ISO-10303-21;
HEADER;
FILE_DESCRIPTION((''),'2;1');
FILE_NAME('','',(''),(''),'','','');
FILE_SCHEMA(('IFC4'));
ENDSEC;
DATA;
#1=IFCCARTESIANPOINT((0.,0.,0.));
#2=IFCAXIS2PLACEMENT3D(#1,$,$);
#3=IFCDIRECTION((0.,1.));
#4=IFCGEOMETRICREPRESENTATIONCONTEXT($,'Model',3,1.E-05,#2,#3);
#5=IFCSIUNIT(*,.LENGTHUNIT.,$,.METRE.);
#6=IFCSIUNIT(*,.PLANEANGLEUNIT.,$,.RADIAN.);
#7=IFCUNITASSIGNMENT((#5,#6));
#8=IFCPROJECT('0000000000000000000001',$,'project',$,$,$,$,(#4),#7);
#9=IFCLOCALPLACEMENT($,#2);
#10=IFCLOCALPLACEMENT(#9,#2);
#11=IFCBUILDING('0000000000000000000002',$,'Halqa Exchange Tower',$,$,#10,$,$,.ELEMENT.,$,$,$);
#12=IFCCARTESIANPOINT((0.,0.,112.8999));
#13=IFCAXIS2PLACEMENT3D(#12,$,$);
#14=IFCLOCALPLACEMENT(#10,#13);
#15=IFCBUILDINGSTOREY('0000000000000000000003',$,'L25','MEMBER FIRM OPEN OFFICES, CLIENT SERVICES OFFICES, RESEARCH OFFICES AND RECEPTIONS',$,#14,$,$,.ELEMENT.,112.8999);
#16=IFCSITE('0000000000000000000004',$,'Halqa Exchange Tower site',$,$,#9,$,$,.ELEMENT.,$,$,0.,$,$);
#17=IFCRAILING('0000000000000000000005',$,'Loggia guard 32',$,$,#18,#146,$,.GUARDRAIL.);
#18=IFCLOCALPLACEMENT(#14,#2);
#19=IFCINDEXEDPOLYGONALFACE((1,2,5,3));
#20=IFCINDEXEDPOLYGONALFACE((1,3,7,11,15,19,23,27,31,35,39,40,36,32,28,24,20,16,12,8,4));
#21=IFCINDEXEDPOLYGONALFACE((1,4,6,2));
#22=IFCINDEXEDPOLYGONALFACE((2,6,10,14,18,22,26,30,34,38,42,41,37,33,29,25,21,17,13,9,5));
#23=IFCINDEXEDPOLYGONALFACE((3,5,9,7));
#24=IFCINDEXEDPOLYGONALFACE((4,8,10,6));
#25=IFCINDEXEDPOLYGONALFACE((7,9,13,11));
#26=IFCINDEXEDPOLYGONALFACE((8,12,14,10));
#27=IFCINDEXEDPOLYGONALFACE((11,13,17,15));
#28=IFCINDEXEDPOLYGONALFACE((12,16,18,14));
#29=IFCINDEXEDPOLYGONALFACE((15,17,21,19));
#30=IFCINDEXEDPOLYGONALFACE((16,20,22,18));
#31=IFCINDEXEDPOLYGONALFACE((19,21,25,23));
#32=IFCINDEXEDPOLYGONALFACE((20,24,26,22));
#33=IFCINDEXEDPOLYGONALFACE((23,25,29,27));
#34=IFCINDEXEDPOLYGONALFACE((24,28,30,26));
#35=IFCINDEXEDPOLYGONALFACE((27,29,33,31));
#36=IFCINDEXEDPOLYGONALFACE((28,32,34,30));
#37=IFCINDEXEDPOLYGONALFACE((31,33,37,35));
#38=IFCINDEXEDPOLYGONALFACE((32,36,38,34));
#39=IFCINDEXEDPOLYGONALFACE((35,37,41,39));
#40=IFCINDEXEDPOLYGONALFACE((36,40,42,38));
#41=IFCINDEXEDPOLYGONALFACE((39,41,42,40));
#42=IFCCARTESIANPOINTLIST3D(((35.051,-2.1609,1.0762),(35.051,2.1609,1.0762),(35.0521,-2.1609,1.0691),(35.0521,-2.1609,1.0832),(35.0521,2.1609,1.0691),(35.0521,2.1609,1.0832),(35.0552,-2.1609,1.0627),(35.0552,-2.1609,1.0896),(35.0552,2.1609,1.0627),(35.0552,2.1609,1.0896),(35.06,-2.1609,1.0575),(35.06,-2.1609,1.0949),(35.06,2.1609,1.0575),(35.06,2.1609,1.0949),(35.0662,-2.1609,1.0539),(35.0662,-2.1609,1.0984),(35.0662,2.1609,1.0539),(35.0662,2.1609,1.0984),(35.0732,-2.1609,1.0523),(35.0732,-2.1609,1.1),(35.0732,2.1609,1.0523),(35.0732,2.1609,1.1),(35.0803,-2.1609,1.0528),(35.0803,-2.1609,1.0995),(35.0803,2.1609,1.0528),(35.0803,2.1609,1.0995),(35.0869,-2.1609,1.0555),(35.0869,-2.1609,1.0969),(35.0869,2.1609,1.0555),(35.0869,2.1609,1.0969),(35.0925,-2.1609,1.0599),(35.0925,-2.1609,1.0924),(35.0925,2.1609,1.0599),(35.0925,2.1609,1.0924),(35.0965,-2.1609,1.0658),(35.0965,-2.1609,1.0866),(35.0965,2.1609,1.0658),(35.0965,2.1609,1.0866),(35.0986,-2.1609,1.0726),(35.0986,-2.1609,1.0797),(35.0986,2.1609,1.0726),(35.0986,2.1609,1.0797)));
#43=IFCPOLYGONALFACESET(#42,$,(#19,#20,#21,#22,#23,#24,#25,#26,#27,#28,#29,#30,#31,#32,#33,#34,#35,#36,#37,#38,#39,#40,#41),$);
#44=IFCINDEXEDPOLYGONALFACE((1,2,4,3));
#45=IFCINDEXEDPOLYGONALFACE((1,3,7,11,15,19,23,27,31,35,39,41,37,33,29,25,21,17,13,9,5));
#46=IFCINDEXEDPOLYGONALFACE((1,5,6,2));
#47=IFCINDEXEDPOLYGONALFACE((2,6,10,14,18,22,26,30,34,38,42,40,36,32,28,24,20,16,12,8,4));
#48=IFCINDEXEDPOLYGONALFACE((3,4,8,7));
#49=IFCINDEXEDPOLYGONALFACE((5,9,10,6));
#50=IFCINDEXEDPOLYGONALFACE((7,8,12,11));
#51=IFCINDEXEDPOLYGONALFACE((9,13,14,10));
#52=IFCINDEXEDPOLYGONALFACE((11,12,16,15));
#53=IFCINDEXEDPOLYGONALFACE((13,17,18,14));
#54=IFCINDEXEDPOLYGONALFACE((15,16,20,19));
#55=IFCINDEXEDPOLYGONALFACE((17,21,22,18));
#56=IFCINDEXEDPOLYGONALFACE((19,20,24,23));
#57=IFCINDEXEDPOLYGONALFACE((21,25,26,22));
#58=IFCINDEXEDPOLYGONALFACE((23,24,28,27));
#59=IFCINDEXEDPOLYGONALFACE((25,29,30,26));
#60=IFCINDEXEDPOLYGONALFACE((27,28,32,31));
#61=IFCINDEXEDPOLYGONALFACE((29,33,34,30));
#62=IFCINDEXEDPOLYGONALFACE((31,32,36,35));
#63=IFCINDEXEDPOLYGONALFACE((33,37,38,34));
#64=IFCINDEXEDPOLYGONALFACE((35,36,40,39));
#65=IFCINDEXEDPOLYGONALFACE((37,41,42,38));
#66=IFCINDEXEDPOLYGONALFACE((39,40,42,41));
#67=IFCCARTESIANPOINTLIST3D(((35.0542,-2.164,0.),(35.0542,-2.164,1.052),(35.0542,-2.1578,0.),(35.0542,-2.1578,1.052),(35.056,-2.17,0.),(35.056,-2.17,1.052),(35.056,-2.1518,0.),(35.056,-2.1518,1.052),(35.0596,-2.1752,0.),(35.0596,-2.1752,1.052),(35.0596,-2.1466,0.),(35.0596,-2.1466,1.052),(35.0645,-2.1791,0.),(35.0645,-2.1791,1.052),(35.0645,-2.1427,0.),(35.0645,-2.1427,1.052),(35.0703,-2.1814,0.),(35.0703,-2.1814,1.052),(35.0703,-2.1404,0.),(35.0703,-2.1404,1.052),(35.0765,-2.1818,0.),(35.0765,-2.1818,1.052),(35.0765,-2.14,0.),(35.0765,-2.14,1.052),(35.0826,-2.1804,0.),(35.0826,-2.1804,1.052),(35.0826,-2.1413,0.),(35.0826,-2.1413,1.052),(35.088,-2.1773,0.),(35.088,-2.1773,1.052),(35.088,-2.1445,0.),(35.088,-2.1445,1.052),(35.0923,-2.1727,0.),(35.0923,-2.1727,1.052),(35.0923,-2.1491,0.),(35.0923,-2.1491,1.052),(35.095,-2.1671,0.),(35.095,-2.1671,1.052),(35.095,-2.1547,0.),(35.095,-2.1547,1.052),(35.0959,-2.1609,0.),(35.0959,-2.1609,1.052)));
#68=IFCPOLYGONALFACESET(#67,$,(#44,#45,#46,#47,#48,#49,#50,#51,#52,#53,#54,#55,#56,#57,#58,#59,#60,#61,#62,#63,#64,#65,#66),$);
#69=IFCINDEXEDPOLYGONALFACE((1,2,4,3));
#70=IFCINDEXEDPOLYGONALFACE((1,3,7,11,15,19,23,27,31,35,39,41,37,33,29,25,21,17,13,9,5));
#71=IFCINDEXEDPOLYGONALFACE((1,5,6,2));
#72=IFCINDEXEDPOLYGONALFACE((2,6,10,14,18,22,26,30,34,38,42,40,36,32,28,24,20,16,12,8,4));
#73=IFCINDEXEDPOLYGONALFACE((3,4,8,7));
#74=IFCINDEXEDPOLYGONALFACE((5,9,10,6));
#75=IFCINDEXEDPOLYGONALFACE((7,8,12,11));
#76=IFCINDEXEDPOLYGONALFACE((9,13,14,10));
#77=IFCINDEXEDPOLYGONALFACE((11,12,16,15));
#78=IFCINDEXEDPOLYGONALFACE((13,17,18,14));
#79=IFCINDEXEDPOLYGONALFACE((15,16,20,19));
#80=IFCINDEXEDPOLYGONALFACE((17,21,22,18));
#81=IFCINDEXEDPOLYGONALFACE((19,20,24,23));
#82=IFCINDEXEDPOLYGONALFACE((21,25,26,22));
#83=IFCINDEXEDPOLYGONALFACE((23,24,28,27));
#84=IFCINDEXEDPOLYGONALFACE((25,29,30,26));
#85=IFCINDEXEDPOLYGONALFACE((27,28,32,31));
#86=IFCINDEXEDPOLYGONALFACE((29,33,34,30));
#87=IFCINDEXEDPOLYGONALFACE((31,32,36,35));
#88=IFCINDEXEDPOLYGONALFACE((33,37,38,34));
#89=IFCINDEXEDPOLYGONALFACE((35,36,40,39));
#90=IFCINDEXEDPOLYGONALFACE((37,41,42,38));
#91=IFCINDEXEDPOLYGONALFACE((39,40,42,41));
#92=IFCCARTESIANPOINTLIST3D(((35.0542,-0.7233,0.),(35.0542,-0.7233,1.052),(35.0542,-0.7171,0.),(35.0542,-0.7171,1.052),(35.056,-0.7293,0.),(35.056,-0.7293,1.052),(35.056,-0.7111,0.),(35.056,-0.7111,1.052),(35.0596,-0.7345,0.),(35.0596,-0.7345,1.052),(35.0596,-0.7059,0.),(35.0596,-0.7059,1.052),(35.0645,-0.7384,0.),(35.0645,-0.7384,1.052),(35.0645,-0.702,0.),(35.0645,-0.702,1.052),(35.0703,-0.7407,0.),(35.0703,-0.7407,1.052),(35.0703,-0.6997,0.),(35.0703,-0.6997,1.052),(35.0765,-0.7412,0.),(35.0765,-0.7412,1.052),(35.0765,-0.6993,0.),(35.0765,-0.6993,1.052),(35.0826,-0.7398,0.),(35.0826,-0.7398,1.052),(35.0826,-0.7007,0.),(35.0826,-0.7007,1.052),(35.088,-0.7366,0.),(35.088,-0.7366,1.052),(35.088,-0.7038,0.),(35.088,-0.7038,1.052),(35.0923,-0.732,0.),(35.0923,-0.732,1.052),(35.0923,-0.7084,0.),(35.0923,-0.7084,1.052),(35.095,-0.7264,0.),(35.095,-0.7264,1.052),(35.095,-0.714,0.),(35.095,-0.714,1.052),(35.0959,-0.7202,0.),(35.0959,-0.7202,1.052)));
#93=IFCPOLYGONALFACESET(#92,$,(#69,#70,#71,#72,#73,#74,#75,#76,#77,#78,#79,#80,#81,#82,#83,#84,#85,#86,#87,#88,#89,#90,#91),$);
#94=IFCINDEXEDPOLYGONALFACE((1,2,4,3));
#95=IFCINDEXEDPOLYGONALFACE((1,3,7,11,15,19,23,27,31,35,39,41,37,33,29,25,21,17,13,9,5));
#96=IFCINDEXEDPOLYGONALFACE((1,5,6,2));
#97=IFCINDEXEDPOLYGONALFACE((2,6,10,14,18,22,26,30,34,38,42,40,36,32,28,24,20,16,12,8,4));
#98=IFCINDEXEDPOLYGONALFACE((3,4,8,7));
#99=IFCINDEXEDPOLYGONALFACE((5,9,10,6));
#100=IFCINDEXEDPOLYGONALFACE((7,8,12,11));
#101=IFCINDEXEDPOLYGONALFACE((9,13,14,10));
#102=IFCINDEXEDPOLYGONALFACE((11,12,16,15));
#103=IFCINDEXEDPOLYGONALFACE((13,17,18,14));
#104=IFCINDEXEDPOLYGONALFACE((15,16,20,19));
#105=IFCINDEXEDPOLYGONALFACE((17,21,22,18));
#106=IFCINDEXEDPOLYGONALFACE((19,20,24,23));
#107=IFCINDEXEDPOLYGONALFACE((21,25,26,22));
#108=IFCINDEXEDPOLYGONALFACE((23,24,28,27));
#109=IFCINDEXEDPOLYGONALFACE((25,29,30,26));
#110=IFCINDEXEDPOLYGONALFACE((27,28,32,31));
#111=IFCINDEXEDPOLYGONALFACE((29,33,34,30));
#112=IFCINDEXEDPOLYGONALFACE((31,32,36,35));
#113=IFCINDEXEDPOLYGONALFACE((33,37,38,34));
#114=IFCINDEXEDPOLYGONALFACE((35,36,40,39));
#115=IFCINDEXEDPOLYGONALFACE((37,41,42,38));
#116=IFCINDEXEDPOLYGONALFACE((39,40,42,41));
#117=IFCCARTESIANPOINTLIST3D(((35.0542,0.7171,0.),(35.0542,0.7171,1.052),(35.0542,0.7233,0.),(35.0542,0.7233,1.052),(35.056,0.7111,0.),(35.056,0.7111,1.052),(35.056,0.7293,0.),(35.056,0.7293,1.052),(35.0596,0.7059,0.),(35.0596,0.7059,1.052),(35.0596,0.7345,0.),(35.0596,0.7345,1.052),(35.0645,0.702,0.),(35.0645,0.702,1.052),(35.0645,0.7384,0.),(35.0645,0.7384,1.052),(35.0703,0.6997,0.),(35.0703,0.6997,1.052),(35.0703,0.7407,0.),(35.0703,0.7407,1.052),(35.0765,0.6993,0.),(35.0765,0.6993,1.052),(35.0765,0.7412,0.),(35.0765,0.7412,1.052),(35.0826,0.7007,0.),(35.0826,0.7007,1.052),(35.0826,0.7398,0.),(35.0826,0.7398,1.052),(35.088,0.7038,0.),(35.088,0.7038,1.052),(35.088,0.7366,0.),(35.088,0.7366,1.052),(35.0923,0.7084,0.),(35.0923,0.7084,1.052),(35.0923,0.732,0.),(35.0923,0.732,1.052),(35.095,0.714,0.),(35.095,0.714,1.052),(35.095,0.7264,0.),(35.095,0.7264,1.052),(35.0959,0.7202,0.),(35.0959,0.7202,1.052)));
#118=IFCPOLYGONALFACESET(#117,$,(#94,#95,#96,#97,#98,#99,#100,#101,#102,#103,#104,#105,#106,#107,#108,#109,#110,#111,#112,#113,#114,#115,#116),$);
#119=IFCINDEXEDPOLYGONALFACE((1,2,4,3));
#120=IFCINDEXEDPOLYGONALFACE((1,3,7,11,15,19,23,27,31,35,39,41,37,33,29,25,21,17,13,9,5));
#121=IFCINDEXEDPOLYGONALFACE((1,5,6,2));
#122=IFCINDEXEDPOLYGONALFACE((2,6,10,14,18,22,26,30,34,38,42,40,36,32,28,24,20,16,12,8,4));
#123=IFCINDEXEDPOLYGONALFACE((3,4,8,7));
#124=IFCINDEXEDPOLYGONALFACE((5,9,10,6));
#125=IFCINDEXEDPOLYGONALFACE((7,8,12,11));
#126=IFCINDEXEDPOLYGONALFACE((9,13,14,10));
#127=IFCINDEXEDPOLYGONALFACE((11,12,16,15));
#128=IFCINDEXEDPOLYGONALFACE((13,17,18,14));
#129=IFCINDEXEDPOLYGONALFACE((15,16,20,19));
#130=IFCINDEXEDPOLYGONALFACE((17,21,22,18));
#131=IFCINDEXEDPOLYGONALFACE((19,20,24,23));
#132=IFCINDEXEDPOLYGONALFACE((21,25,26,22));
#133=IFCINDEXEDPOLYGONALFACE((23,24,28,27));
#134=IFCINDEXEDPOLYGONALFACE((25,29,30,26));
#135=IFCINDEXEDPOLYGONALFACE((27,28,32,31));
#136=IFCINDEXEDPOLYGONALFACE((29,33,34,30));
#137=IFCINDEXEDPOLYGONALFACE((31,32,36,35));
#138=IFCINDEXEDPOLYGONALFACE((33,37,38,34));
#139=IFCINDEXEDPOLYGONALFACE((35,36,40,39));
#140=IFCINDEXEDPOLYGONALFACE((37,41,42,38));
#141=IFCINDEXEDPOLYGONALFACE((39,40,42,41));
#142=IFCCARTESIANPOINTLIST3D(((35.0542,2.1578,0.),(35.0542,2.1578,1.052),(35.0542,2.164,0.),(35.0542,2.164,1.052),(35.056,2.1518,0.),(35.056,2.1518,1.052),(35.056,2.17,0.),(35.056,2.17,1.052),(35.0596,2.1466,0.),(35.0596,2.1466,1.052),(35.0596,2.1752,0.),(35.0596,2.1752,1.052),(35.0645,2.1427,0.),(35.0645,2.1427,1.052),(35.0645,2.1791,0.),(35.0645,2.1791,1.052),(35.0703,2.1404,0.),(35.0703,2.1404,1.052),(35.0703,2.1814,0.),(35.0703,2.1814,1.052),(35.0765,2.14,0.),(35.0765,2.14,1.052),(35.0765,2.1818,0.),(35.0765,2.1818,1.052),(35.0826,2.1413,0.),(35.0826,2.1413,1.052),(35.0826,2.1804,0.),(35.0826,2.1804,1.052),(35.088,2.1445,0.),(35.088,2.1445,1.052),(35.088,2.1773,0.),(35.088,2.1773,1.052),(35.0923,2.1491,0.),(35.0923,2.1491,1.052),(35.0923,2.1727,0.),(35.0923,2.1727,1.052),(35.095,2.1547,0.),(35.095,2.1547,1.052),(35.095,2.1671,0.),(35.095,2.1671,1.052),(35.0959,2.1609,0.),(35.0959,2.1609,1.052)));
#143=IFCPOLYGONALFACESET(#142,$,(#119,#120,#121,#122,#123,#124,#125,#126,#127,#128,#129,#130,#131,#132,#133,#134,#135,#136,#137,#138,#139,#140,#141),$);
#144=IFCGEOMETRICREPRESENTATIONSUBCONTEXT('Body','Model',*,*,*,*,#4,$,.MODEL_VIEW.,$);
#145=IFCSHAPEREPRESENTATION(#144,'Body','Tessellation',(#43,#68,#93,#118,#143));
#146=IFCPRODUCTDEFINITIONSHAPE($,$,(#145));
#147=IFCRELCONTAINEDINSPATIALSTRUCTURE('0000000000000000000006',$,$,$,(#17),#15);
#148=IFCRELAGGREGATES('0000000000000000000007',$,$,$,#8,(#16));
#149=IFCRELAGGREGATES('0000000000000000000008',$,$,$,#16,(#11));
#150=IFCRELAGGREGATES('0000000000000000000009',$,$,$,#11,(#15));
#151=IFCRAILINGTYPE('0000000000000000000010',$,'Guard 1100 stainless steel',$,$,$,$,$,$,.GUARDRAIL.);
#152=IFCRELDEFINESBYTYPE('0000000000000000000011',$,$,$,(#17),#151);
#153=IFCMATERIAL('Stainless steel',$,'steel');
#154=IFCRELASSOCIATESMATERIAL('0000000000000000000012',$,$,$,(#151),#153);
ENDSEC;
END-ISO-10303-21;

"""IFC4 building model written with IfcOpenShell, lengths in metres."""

from ifc_helpers import new_model, si_unit, direction, frame, origin, origin_2d, place, context, subcontext, project, spatial, circle, extrude, material, type_object, element, save


model = new_model("IFC4")

# Units and contexts
model_context = context("Model", 3, precision=1e-05, world=origin(), true_north=direction((0.0, 1.0)))
body_context = subcontext(model_context, "Body", "Model", "MODEL_VIEW")
ifc_project = project(units=[si_unit("LENGTHUNIT", "METRE"), si_unit("PLANEANGLEUNIT", "RADIAN")], contexts=[model_context])

# Site, building, storey
site_placement = place(None, origin())
site = spatial("IfcSite", under=ifc_project, at=site_placement, Name="Halqa Exchange Tower site", CompositionType="ELEMENT", RefElevation=0.0)
building_placement = place(site_placement, origin())
building = spatial("IfcBuilding", under=site, at=building_placement, Name="Halqa Exchange Tower", CompositionType="ELEMENT")
storey_placement = place(building_placement, frame((0.0, 0.0, 112.8999)))
storey = spatial("IfcBuildingStorey", under=building, at=storey_placement, Name="L25", Description="MEMBER FIRM OPEN OFFICES, CLIENT SERVICES OFFICES, RESEARCH OFFICES AND RECEPTIONS", CompositionType="ELEMENT", Elevation=112.8999)

# Railing
ifc_material_1 = material(Name="Stainless steel", Category="steel")
railing_type = type_object("IfcRailingType", Name="Guard 1100 stainless steel", PredefinedType="GUARDRAIL", material=ifc_material_1)
railing_1_placement = place(storey_placement, frame((35.075, -2.1609, 0.0)))
element("IfcRailing", 1, at=railing_1_placement, inside=storey, type_object=railing_type, Name="Loggia guard 32", PredefinedType="GUARDRAIL", context=body_context, shape_type="SweptSolid", body=[
    extrude(circle(Radius=0.0239, at=origin_2d()), frame((0.0, 0.0, 1.0762), z_axis=(0.0, 1.0, 0.0), x_axis=(-1.0, 0.0, 0.0)), (0.0, 0.0, 1.0), 4.3218),
    extrude(circle(Radius=0.021, at=origin_2d()), origin(), (0.0, 0.0, 1.0), 1.052),
    extrude(circle(Radius=0.021, at=origin_2d()), frame((0.0, 1.4407, 0.0)), (0.0, 0.0, 1.0), 1.052),
    extrude(circle(Radius=0.021, at=origin_2d()), frame((0.0, 2.8811, 0.0)), (0.0, 0.0, 1.0), 1.052),
    extrude(circle(Radius=0.021, at=origin_2d()), frame((0.0, 4.3218, 0.0)), (0.0, 0.0, 1.0), 1.052),
])

save(model, "model.ifc")
